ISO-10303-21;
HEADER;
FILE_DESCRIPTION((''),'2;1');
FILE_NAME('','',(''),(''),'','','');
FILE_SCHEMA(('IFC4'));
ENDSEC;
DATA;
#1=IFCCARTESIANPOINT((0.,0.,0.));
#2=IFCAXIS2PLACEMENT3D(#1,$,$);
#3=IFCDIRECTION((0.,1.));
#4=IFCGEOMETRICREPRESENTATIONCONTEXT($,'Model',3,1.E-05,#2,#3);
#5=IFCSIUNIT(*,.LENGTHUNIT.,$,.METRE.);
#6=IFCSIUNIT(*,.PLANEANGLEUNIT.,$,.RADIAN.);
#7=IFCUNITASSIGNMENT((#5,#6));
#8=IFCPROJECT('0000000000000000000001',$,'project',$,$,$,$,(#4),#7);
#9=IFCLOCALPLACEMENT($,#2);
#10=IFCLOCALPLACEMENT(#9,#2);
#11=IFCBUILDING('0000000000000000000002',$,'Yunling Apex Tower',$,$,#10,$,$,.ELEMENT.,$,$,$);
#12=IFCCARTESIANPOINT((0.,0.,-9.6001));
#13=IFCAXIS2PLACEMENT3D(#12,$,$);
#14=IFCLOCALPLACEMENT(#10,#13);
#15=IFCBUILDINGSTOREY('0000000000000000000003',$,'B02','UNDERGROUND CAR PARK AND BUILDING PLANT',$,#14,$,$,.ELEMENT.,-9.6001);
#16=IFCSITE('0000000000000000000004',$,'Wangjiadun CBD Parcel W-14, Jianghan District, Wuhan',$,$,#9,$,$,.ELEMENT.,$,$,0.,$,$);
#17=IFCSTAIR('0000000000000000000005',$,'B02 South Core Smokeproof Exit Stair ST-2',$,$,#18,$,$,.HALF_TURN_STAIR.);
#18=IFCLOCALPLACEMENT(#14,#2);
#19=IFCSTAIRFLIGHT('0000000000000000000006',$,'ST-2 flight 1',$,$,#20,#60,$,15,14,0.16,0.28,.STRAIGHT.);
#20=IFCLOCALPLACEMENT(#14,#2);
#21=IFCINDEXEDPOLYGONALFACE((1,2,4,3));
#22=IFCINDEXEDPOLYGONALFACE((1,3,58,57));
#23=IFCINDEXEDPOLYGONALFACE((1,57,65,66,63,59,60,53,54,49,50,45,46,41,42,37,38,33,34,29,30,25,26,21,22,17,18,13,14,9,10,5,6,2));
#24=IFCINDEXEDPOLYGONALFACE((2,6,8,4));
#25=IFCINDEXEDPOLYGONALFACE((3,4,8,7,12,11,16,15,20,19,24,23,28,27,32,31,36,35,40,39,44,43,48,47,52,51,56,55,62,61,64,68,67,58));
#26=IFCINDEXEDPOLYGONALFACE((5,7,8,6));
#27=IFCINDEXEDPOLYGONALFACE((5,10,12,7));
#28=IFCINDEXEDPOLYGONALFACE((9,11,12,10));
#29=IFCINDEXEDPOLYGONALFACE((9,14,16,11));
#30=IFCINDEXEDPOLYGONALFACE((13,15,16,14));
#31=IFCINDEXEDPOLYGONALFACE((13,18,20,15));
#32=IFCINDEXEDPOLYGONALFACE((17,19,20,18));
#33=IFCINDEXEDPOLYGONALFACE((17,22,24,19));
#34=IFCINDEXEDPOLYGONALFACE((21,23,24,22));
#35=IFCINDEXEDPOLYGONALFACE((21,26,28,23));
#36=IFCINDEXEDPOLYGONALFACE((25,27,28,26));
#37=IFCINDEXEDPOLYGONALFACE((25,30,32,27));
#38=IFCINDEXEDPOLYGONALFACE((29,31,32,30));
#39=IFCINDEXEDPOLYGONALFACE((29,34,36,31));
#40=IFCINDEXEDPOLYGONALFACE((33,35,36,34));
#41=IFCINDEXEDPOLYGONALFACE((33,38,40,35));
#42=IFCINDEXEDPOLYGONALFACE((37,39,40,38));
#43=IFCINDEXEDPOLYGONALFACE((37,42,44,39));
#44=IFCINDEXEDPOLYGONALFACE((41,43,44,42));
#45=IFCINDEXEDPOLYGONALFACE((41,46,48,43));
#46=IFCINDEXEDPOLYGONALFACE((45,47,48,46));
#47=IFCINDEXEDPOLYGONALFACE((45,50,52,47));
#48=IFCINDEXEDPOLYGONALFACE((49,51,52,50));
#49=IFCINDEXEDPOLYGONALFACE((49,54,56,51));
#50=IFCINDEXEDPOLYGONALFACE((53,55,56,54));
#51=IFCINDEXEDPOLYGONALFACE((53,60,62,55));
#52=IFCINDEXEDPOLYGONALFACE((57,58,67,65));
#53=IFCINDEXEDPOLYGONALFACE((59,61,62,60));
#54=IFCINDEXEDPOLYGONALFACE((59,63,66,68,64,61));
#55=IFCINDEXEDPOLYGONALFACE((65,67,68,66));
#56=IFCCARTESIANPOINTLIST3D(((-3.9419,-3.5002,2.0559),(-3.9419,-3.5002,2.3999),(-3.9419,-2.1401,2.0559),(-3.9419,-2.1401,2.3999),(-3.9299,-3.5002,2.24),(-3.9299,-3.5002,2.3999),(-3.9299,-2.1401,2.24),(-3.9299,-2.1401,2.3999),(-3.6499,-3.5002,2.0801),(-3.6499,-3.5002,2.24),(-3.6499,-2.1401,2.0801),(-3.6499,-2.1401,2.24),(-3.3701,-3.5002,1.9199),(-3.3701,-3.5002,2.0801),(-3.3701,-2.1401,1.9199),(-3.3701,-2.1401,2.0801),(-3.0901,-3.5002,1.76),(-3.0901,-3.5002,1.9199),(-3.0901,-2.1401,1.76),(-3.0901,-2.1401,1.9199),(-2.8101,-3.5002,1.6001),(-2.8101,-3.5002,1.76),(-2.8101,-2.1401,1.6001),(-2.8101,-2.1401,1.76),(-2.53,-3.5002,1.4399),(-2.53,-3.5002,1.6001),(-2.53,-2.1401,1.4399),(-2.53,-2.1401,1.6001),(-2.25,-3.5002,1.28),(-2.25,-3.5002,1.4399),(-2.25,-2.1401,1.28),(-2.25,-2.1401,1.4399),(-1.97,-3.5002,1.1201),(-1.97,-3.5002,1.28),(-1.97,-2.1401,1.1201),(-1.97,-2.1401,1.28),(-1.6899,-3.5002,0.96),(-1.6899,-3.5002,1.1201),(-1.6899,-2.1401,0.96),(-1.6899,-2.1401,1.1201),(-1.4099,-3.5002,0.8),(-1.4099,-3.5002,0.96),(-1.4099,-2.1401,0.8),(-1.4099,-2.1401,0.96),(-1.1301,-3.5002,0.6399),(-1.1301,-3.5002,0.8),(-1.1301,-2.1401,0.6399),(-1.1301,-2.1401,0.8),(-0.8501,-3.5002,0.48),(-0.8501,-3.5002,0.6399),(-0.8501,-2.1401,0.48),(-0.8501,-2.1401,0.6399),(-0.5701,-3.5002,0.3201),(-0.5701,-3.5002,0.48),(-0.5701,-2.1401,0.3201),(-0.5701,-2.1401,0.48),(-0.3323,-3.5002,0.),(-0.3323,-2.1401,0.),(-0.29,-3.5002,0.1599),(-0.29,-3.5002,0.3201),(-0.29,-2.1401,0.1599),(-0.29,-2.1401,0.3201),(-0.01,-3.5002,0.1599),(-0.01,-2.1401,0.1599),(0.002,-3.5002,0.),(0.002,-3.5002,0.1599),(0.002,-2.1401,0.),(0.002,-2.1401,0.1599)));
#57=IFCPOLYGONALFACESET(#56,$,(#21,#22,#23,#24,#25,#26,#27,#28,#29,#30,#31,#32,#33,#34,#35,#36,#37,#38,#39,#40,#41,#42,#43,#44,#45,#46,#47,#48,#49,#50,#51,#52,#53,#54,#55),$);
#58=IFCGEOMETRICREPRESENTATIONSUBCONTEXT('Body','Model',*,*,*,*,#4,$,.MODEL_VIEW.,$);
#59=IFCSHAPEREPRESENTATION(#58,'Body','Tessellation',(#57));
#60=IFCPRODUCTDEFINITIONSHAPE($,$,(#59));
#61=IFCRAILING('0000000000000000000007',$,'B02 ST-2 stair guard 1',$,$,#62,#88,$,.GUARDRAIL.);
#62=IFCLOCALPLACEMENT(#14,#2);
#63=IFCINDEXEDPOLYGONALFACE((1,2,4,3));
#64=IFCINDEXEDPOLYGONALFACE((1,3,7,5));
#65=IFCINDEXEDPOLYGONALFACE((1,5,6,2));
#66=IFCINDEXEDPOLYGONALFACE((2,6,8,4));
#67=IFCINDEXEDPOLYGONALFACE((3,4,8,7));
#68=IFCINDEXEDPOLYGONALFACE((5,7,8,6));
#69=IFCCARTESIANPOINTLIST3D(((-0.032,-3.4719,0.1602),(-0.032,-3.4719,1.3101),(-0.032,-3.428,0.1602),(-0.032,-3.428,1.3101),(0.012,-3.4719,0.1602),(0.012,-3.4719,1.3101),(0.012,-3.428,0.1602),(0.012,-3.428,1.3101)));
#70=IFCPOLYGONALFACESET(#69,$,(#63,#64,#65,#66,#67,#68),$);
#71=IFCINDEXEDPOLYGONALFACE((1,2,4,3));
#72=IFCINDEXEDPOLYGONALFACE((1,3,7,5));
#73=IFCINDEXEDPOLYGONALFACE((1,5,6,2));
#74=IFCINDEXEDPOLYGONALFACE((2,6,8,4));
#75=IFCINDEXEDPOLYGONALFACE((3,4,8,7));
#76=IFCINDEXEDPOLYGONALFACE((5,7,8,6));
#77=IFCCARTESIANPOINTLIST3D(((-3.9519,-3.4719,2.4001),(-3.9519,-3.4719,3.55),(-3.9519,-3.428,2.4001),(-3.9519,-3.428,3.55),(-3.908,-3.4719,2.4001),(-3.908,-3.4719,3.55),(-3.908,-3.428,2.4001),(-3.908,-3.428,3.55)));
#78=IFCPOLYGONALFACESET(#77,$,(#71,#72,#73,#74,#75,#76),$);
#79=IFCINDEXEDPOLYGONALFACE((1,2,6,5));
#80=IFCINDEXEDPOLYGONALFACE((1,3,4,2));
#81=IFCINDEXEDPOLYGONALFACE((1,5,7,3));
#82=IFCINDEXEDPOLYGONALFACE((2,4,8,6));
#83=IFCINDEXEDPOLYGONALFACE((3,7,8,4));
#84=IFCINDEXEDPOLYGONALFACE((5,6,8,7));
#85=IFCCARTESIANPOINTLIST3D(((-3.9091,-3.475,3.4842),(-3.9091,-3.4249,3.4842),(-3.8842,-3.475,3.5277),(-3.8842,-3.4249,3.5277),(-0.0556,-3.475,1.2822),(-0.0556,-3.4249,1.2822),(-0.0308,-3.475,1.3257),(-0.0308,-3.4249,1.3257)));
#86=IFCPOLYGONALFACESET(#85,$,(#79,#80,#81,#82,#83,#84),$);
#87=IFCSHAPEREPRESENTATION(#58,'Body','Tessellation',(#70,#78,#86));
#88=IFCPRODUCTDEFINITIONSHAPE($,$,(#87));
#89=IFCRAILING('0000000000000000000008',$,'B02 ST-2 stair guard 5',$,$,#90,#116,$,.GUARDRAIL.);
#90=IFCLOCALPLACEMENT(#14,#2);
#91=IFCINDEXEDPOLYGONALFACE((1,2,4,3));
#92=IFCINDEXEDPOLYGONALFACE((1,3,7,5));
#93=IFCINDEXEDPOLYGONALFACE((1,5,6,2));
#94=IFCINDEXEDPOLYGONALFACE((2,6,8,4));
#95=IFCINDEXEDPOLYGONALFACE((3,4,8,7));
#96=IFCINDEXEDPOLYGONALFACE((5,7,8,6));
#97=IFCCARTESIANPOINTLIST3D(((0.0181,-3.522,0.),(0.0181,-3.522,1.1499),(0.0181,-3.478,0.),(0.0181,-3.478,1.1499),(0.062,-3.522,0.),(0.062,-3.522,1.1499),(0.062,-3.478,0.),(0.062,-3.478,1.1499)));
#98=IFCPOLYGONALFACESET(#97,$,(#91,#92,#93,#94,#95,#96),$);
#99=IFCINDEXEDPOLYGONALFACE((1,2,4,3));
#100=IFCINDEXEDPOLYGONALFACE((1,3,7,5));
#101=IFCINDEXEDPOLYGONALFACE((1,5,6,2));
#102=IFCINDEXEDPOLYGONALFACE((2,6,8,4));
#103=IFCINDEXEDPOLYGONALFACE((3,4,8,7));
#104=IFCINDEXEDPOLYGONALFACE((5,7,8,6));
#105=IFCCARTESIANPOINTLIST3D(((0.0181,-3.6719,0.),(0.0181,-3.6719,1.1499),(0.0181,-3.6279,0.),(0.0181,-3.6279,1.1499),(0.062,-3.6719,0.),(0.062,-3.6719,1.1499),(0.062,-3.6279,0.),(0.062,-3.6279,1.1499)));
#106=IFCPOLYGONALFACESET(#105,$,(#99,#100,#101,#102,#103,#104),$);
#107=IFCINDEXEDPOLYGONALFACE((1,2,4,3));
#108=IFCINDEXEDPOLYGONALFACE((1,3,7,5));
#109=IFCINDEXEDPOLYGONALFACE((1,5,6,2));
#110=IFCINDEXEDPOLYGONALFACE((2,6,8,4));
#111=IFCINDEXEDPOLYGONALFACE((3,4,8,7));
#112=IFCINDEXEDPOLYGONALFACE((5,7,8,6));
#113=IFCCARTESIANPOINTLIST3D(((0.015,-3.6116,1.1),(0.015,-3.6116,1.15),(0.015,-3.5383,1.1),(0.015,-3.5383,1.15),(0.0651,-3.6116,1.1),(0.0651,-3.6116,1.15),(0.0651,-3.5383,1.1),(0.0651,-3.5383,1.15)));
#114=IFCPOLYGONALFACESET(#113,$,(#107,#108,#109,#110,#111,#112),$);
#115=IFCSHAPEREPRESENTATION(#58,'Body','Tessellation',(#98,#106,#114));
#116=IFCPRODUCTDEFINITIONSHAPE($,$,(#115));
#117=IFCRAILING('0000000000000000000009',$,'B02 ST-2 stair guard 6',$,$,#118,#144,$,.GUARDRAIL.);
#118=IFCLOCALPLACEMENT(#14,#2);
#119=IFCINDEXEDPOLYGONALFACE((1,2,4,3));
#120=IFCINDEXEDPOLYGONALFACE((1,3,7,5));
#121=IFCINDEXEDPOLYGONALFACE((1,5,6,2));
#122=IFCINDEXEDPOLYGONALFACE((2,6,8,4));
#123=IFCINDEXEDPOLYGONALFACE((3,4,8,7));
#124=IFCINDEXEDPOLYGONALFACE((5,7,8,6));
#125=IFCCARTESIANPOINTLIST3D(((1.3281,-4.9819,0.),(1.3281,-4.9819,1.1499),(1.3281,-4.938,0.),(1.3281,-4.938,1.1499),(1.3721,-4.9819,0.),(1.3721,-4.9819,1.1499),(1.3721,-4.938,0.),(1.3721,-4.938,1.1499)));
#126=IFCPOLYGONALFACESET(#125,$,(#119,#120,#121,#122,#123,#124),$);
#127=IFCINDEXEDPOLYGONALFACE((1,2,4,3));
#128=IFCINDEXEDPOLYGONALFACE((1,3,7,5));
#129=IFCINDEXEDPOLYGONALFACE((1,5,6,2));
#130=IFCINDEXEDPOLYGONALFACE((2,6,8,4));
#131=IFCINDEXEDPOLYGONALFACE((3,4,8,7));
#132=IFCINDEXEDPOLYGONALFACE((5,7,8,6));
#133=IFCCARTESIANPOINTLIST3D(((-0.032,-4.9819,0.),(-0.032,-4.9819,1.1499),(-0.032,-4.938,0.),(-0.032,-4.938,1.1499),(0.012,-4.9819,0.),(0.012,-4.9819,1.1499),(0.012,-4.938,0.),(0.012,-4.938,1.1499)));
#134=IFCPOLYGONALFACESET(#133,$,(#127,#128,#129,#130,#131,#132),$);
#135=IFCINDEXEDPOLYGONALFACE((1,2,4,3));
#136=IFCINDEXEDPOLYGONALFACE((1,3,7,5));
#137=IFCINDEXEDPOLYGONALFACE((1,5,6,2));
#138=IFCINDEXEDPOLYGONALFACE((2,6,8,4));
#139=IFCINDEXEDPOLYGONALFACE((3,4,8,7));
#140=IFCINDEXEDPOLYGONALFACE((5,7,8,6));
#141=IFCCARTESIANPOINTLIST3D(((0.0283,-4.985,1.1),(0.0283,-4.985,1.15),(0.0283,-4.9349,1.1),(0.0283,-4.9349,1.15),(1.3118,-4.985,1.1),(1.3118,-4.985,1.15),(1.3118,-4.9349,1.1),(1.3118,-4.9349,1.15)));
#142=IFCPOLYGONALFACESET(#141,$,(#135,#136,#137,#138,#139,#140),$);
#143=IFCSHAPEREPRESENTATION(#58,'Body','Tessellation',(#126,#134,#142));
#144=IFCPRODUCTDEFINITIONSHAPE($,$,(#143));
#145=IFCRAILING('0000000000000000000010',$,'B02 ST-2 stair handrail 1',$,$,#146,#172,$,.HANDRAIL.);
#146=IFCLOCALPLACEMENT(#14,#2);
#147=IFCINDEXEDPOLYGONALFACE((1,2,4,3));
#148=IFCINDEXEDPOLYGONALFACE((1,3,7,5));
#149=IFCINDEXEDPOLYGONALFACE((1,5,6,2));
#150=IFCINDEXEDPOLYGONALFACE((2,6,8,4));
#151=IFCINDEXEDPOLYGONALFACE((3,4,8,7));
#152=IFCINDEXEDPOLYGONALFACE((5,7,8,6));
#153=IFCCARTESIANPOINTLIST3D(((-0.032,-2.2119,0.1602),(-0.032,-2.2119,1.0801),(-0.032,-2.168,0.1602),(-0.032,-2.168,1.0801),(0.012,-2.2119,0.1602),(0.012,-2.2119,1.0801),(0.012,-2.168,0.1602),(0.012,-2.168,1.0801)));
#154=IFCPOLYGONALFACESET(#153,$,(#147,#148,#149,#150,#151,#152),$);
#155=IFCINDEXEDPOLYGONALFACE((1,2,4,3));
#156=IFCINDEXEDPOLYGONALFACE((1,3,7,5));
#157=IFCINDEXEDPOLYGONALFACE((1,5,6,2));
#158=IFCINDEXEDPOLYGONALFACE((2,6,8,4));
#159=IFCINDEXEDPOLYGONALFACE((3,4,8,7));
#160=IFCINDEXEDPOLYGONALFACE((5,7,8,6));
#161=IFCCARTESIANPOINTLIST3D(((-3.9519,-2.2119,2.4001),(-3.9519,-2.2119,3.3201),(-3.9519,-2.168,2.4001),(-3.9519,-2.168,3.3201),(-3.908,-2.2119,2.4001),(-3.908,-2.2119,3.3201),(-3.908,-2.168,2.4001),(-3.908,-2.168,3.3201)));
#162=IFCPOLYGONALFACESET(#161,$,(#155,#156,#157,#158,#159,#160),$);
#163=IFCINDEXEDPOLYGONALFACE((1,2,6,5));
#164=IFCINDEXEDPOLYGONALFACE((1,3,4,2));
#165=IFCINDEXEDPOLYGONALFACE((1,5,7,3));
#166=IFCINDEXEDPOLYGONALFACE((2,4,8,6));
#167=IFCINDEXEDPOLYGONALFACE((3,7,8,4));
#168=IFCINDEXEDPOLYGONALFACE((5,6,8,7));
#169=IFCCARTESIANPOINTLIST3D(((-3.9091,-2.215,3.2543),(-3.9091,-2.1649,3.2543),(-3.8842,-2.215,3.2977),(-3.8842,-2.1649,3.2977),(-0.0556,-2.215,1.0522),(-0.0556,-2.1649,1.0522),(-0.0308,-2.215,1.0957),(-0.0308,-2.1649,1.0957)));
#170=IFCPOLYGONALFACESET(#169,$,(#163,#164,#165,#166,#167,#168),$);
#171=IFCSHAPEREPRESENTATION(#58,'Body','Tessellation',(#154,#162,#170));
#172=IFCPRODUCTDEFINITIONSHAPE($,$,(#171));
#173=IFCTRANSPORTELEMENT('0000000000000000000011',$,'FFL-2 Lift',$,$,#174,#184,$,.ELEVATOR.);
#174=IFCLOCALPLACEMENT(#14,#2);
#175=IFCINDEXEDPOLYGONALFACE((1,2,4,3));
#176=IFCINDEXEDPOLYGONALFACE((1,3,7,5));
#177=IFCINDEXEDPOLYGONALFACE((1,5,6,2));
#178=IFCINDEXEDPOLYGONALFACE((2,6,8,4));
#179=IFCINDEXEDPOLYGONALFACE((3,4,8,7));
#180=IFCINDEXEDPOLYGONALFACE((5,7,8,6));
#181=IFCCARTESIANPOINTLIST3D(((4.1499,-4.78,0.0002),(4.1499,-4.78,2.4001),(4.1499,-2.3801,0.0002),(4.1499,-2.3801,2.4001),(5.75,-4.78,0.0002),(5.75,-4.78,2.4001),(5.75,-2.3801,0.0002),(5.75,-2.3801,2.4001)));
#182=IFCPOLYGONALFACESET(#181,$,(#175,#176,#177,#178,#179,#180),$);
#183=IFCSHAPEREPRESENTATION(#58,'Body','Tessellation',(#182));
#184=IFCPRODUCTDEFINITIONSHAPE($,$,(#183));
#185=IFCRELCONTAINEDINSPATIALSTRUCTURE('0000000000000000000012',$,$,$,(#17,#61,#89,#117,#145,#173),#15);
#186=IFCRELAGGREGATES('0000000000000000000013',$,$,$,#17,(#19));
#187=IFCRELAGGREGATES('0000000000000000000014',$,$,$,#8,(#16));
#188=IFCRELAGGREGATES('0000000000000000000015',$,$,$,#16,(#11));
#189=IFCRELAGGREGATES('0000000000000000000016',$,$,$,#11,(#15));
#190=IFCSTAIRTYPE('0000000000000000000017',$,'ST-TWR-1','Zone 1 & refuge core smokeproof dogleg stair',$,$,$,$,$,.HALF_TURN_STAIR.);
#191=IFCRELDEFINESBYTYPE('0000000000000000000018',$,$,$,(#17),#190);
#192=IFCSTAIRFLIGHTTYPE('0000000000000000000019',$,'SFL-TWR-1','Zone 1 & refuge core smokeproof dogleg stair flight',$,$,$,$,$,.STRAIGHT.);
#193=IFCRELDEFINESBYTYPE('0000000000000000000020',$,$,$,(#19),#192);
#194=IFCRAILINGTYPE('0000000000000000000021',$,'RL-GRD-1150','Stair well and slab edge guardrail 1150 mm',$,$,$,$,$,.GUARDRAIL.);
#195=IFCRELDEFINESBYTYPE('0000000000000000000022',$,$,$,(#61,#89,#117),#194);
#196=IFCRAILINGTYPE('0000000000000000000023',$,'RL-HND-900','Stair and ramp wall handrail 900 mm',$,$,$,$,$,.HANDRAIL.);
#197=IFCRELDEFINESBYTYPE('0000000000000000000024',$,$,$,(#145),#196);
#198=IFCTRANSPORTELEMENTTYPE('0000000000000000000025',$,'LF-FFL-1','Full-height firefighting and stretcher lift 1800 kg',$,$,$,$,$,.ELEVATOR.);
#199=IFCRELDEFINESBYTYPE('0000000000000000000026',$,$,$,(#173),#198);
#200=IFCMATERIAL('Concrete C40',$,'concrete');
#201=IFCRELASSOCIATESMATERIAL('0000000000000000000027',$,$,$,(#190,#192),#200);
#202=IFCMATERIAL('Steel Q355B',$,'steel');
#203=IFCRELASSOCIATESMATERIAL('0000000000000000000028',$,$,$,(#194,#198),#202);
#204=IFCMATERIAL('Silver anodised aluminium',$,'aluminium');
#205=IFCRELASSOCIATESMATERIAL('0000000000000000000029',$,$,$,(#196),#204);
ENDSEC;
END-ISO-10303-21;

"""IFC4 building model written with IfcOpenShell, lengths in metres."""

from ifc_helpers import new_model, si_unit, direction, frame, origin, origin_2d, place, context, subcontext, project, spatial, polyline, rectangle, outline, extrude, source, transform, mapped, material, type_object, element, aggregate, save


model = new_model("IFC4")

# Units and contexts
model_context = context("Model", 3, precision=1e-05, world=origin(), true_north=direction((0.0, 1.0)))
body_context = subcontext(model_context, "Body", "Model", "MODEL_VIEW")
ifc_project = project(units=[si_unit("LENGTHUNIT", "METRE"), si_unit("PLANEANGLEUNIT", "RADIAN")], contexts=[model_context])

# Site, building, storey
site_placement = place(None, origin())
site = spatial("IfcSite", under=ifc_project, at=site_placement, Name="Wangjiadun CBD Parcel W-14, Jianghan District, Wuhan", CompositionType="ELEMENT", RefElevation=0.0)
building_placement = place(site_placement, origin())
building = spatial("IfcBuilding", under=site, at=building_placement, Name="Yunling Apex Tower", CompositionType="ELEMENT")
storey_placement = place(building_placement, frame((0.0, 0.0, -9.6001)))
storey = spatial("IfcBuildingStorey", under=building, at=storey_placement, Name="B02", Description="UNDERGROUND CAR PARK AND BUILDING PLANT", CompositionType="ELEMENT", Elevation=-9.6001)

# Shared definitions
ifc_material_1 = material(Name="Steel Q355B", Category="steel")

# Stair
ifc_material_2 = material(Name="Concrete C40", Category="concrete")
stair_type_1 = type_object("IfcStairType", Name="ST-TWR-1", Description="Zone 1 & refuge core smokeproof dogleg stair", PredefinedType="HALF_TURN_STAIR", material=ifc_material_2)
stair_1_placement = place(storey_placement, origin())
stair_1 = element("IfcStair", 1, at=stair_1_placement, inside=storey, type_object=stair_type_1, Name="B02 South Core Smokeproof Exit Stair ST-2", PredefinedType="HALF_TURN_STAIR")

# Stair flight
stair_flight_type = type_object("IfcStairFlightType", Name="SFL-TWR-1", Description="Zone 1 & refuge core smokeproof dogleg stair flight", PredefinedType="STRAIGHT", material=ifc_material_2)
stair_flight_placement = place(storey_placement, frame((-0.01, -2.8201, 0.0), z_axis=(0.0, 0.0, 1.0), x_axis=(-1.0, 0.0, 0.0)))
stair_flight = element("IfcStairFlight", 2, at=stair_flight_placement, type_object=stair_flight_type, Name="ST-2 flight 1", NumberOfRisers=15, NumberOfTreads=14, PredefinedType="STRAIGHT", RiserHeight=0.16, TreadLength=0.28, context=body_context, shape_type="SweptSolid", body=[
    extrude(outline(polyline([(-0.012, 0.0), (-0.012, 0.1599), (0.0, 0.1599), (0.28, 0.1599), (0.28, 0.3201), (0.5601, 0.3201), (0.5601, 0.48), (0.8401, 0.48), (0.8401, 0.6399), (1.1201, 0.6399), (1.1201, 0.8), (1.3999, 0.8), (1.3999, 0.96), (1.6799, 0.96), (1.6799, 1.1201), (1.96, 1.1201), (1.96, 1.28), (2.24, 1.28), (2.24, 1.4399), (2.52, 1.4399), (2.52, 1.6001), (2.8, 1.6001), (2.8, 1.76), (3.0801, 1.76), (3.0801, 1.9199), (3.3601, 1.9199), (3.3601, 2.0801), (3.6399, 2.0801), (3.6399, 2.24), (3.9199, 2.24), (3.9199, 2.3999), (3.9319, 2.3999), (3.9319, 2.0559), (0.3223, 0.0), (-0.012, 0.0)])), frame((0.0, 0.6802, 0.0), z_axis=(0.0, -1.0, 0.0), x_axis=(1.0, 0.0, 0.0)), (0.0, 0.0, 1.0), 1.3601),
])
aggregate(stair_1, [stair_flight])

# Railings
railing_type_1 = type_object("IfcRailingType", Name="RL-GRD-1150", Description="Stair well and slab edge guardrail 1150 mm", PredefinedType="GUARDRAIL", material=ifc_material_1)
railing_1_placement = place(storey_placement, frame((-0.01, -3.45, 0.1602)))
element("IfcRailing", 3, at=railing_1_placement, inside=storey, type_object=railing_type_1, Name="B02 ST-2 stair guard 1", PredefinedType="GUARDRAIL", context=body_context, shape_type="SweptSolid", body=[
    extrude(rectangle(XDim=0.0439, YDim=0.0439, at=origin_2d()), origin(), (0.0, 0.0, 1.0), 1.1499),
    extrude(rectangle(XDim=0.0439, YDim=0.0439, at=origin_2d()), frame((-3.9199, 0.0, 2.24)), (0.0, 0.0, 1.0), 1.1499),
    extrude(rectangle(XDim=0.05, YDim=0.05, at=origin_2d()), frame((-0.0332, 0.0, 1.1438), z_axis=(-0.86824, 0.0, 0.496145), x_axis=(0.0, -1.0, 0.0)), (0.0, 0.0, 1.0), 4.4382),
])
railing_2_placement = place(storey_placement, frame((0.04, -3.5, 0.0)))
element("IfcRailing", 4, at=railing_2_placement, inside=storey, type_object=railing_type_1, Name="B02 ST-2 stair guard 5", PredefinedType="GUARDRAIL", context=body_context, shape_type="SweptSolid", body=[
    extrude(rectangle(XDim=0.0439, YDim=0.0439, at=origin_2d()), origin(), (0.0, 0.0, 1.0), 1.1499),
    extrude(rectangle(XDim=0.0439, YDim=0.0439, at=origin_2d()), frame((0.0, -0.1499, 0.0)), (0.0, 0.0, 1.0), 1.1499),
    extrude(rectangle(XDim=0.05, YDim=0.05, at=origin_2d()), frame((0.0, -0.0383, 1.125), z_axis=(0.0, -1.0, 0.0), x_axis=(1.0, 0.0, 0.0)), (0.0, 0.0, 1.0), 0.0732),
])
railing_3_placement = place(storey_placement, frame((1.3501, -4.96, 0.0)))
element("IfcRailing", 5, at=railing_3_placement, inside=storey, type_object=railing_type_1, Name="B02 ST-2 stair guard 6", PredefinedType="GUARDRAIL", context=body_context, shape_type="SweptSolid", body=[
    extrude(rectangle(XDim=0.0439, YDim=0.0439, at=origin_2d()), origin(), (0.0, 0.0, 1.0), 1.1499),
    extrude(rectangle(XDim=0.0439, YDim=0.0439, at=origin_2d()), frame((-1.3601, 0.0, 0.0)), (0.0, 0.0, 1.0), 1.1499),
    extrude(rectangle(XDim=0.05, YDim=0.05, at=origin_2d()), frame((-0.0383, 0.0, 1.125), z_axis=(-1.0, 0.0, 0.0), x_axis=(0.0, -1.0, 0.0)), (0.0, 0.0, 1.0), 1.2834),
])
ifc_material_3 = material(Name="Silver anodised aluminium", Category="aluminium")
railing_type_2 = type_object("IfcRailingType", Name="RL-HND-900", Description="Stair and ramp wall handrail 900 mm", PredefinedType="HANDRAIL", material=ifc_material_3)
railing_4_placement = place(storey_placement, frame((-0.01, -2.1899, 0.1602)))
element("IfcRailing", 6, at=railing_4_placement, inside=storey, type_object=railing_type_2, Name="B02 ST-2 stair handrail 1", PredefinedType="HANDRAIL", context=body_context, shape_type="SweptSolid", body=[
    extrude(rectangle(XDim=0.0439, YDim=0.0439, at=origin_2d()), origin(), (0.0, 0.0, 1.0), 0.9199),
    extrude(rectangle(XDim=0.0439, YDim=0.0439, at=origin_2d()), frame((-3.9199, 0.0, 2.24)), (0.0, 0.0, 1.0), 0.9199),
    extrude(rectangle(XDim=0.05, YDim=0.05, at=origin_2d()), frame((-0.0332, 0.0, 0.9138), z_axis=(-0.86824, 0.0, 0.496145), x_axis=(0.0, -1.0, 0.0)), (0.0, 0.0, 1.0), 4.4382),
])

# Transport element
transport_element_type = type_object("IfcTransportElementType", Name="LF-FFL-1", Description="Full-height firefighting and stretcher lift 1800 kg", PredefinedType="ELEVATOR", material=ifc_material_1)
shared_shape_1 = source(origin(), body_context, "Body", "SweptSolid", [
    extrude(rectangle(XDim=1.6001, YDim=2.3999, at=origin_2d()), origin(), (0.0, 0.0, 1.0), 2.3999),
])
transport_element_placement = place(storey_placement, frame((4.95, -3.5801, 0.0002), z_axis=(0.0, 0.0, 1.0), x_axis=(1.0, 0.0, 0.0)))
element("IfcTransportElement", 7, at=transport_element_placement, inside=storey, type_object=transport_element_type, Name="FFL-2 Lift", PredefinedType="ELEVATOR", context=body_context, shape_type="MappedRepresentation", body=[
    mapped(shared_shape_1, transform((0.0, 0.0, 0.0), scale=1.0)),
])

save(model, "model.ifc")
